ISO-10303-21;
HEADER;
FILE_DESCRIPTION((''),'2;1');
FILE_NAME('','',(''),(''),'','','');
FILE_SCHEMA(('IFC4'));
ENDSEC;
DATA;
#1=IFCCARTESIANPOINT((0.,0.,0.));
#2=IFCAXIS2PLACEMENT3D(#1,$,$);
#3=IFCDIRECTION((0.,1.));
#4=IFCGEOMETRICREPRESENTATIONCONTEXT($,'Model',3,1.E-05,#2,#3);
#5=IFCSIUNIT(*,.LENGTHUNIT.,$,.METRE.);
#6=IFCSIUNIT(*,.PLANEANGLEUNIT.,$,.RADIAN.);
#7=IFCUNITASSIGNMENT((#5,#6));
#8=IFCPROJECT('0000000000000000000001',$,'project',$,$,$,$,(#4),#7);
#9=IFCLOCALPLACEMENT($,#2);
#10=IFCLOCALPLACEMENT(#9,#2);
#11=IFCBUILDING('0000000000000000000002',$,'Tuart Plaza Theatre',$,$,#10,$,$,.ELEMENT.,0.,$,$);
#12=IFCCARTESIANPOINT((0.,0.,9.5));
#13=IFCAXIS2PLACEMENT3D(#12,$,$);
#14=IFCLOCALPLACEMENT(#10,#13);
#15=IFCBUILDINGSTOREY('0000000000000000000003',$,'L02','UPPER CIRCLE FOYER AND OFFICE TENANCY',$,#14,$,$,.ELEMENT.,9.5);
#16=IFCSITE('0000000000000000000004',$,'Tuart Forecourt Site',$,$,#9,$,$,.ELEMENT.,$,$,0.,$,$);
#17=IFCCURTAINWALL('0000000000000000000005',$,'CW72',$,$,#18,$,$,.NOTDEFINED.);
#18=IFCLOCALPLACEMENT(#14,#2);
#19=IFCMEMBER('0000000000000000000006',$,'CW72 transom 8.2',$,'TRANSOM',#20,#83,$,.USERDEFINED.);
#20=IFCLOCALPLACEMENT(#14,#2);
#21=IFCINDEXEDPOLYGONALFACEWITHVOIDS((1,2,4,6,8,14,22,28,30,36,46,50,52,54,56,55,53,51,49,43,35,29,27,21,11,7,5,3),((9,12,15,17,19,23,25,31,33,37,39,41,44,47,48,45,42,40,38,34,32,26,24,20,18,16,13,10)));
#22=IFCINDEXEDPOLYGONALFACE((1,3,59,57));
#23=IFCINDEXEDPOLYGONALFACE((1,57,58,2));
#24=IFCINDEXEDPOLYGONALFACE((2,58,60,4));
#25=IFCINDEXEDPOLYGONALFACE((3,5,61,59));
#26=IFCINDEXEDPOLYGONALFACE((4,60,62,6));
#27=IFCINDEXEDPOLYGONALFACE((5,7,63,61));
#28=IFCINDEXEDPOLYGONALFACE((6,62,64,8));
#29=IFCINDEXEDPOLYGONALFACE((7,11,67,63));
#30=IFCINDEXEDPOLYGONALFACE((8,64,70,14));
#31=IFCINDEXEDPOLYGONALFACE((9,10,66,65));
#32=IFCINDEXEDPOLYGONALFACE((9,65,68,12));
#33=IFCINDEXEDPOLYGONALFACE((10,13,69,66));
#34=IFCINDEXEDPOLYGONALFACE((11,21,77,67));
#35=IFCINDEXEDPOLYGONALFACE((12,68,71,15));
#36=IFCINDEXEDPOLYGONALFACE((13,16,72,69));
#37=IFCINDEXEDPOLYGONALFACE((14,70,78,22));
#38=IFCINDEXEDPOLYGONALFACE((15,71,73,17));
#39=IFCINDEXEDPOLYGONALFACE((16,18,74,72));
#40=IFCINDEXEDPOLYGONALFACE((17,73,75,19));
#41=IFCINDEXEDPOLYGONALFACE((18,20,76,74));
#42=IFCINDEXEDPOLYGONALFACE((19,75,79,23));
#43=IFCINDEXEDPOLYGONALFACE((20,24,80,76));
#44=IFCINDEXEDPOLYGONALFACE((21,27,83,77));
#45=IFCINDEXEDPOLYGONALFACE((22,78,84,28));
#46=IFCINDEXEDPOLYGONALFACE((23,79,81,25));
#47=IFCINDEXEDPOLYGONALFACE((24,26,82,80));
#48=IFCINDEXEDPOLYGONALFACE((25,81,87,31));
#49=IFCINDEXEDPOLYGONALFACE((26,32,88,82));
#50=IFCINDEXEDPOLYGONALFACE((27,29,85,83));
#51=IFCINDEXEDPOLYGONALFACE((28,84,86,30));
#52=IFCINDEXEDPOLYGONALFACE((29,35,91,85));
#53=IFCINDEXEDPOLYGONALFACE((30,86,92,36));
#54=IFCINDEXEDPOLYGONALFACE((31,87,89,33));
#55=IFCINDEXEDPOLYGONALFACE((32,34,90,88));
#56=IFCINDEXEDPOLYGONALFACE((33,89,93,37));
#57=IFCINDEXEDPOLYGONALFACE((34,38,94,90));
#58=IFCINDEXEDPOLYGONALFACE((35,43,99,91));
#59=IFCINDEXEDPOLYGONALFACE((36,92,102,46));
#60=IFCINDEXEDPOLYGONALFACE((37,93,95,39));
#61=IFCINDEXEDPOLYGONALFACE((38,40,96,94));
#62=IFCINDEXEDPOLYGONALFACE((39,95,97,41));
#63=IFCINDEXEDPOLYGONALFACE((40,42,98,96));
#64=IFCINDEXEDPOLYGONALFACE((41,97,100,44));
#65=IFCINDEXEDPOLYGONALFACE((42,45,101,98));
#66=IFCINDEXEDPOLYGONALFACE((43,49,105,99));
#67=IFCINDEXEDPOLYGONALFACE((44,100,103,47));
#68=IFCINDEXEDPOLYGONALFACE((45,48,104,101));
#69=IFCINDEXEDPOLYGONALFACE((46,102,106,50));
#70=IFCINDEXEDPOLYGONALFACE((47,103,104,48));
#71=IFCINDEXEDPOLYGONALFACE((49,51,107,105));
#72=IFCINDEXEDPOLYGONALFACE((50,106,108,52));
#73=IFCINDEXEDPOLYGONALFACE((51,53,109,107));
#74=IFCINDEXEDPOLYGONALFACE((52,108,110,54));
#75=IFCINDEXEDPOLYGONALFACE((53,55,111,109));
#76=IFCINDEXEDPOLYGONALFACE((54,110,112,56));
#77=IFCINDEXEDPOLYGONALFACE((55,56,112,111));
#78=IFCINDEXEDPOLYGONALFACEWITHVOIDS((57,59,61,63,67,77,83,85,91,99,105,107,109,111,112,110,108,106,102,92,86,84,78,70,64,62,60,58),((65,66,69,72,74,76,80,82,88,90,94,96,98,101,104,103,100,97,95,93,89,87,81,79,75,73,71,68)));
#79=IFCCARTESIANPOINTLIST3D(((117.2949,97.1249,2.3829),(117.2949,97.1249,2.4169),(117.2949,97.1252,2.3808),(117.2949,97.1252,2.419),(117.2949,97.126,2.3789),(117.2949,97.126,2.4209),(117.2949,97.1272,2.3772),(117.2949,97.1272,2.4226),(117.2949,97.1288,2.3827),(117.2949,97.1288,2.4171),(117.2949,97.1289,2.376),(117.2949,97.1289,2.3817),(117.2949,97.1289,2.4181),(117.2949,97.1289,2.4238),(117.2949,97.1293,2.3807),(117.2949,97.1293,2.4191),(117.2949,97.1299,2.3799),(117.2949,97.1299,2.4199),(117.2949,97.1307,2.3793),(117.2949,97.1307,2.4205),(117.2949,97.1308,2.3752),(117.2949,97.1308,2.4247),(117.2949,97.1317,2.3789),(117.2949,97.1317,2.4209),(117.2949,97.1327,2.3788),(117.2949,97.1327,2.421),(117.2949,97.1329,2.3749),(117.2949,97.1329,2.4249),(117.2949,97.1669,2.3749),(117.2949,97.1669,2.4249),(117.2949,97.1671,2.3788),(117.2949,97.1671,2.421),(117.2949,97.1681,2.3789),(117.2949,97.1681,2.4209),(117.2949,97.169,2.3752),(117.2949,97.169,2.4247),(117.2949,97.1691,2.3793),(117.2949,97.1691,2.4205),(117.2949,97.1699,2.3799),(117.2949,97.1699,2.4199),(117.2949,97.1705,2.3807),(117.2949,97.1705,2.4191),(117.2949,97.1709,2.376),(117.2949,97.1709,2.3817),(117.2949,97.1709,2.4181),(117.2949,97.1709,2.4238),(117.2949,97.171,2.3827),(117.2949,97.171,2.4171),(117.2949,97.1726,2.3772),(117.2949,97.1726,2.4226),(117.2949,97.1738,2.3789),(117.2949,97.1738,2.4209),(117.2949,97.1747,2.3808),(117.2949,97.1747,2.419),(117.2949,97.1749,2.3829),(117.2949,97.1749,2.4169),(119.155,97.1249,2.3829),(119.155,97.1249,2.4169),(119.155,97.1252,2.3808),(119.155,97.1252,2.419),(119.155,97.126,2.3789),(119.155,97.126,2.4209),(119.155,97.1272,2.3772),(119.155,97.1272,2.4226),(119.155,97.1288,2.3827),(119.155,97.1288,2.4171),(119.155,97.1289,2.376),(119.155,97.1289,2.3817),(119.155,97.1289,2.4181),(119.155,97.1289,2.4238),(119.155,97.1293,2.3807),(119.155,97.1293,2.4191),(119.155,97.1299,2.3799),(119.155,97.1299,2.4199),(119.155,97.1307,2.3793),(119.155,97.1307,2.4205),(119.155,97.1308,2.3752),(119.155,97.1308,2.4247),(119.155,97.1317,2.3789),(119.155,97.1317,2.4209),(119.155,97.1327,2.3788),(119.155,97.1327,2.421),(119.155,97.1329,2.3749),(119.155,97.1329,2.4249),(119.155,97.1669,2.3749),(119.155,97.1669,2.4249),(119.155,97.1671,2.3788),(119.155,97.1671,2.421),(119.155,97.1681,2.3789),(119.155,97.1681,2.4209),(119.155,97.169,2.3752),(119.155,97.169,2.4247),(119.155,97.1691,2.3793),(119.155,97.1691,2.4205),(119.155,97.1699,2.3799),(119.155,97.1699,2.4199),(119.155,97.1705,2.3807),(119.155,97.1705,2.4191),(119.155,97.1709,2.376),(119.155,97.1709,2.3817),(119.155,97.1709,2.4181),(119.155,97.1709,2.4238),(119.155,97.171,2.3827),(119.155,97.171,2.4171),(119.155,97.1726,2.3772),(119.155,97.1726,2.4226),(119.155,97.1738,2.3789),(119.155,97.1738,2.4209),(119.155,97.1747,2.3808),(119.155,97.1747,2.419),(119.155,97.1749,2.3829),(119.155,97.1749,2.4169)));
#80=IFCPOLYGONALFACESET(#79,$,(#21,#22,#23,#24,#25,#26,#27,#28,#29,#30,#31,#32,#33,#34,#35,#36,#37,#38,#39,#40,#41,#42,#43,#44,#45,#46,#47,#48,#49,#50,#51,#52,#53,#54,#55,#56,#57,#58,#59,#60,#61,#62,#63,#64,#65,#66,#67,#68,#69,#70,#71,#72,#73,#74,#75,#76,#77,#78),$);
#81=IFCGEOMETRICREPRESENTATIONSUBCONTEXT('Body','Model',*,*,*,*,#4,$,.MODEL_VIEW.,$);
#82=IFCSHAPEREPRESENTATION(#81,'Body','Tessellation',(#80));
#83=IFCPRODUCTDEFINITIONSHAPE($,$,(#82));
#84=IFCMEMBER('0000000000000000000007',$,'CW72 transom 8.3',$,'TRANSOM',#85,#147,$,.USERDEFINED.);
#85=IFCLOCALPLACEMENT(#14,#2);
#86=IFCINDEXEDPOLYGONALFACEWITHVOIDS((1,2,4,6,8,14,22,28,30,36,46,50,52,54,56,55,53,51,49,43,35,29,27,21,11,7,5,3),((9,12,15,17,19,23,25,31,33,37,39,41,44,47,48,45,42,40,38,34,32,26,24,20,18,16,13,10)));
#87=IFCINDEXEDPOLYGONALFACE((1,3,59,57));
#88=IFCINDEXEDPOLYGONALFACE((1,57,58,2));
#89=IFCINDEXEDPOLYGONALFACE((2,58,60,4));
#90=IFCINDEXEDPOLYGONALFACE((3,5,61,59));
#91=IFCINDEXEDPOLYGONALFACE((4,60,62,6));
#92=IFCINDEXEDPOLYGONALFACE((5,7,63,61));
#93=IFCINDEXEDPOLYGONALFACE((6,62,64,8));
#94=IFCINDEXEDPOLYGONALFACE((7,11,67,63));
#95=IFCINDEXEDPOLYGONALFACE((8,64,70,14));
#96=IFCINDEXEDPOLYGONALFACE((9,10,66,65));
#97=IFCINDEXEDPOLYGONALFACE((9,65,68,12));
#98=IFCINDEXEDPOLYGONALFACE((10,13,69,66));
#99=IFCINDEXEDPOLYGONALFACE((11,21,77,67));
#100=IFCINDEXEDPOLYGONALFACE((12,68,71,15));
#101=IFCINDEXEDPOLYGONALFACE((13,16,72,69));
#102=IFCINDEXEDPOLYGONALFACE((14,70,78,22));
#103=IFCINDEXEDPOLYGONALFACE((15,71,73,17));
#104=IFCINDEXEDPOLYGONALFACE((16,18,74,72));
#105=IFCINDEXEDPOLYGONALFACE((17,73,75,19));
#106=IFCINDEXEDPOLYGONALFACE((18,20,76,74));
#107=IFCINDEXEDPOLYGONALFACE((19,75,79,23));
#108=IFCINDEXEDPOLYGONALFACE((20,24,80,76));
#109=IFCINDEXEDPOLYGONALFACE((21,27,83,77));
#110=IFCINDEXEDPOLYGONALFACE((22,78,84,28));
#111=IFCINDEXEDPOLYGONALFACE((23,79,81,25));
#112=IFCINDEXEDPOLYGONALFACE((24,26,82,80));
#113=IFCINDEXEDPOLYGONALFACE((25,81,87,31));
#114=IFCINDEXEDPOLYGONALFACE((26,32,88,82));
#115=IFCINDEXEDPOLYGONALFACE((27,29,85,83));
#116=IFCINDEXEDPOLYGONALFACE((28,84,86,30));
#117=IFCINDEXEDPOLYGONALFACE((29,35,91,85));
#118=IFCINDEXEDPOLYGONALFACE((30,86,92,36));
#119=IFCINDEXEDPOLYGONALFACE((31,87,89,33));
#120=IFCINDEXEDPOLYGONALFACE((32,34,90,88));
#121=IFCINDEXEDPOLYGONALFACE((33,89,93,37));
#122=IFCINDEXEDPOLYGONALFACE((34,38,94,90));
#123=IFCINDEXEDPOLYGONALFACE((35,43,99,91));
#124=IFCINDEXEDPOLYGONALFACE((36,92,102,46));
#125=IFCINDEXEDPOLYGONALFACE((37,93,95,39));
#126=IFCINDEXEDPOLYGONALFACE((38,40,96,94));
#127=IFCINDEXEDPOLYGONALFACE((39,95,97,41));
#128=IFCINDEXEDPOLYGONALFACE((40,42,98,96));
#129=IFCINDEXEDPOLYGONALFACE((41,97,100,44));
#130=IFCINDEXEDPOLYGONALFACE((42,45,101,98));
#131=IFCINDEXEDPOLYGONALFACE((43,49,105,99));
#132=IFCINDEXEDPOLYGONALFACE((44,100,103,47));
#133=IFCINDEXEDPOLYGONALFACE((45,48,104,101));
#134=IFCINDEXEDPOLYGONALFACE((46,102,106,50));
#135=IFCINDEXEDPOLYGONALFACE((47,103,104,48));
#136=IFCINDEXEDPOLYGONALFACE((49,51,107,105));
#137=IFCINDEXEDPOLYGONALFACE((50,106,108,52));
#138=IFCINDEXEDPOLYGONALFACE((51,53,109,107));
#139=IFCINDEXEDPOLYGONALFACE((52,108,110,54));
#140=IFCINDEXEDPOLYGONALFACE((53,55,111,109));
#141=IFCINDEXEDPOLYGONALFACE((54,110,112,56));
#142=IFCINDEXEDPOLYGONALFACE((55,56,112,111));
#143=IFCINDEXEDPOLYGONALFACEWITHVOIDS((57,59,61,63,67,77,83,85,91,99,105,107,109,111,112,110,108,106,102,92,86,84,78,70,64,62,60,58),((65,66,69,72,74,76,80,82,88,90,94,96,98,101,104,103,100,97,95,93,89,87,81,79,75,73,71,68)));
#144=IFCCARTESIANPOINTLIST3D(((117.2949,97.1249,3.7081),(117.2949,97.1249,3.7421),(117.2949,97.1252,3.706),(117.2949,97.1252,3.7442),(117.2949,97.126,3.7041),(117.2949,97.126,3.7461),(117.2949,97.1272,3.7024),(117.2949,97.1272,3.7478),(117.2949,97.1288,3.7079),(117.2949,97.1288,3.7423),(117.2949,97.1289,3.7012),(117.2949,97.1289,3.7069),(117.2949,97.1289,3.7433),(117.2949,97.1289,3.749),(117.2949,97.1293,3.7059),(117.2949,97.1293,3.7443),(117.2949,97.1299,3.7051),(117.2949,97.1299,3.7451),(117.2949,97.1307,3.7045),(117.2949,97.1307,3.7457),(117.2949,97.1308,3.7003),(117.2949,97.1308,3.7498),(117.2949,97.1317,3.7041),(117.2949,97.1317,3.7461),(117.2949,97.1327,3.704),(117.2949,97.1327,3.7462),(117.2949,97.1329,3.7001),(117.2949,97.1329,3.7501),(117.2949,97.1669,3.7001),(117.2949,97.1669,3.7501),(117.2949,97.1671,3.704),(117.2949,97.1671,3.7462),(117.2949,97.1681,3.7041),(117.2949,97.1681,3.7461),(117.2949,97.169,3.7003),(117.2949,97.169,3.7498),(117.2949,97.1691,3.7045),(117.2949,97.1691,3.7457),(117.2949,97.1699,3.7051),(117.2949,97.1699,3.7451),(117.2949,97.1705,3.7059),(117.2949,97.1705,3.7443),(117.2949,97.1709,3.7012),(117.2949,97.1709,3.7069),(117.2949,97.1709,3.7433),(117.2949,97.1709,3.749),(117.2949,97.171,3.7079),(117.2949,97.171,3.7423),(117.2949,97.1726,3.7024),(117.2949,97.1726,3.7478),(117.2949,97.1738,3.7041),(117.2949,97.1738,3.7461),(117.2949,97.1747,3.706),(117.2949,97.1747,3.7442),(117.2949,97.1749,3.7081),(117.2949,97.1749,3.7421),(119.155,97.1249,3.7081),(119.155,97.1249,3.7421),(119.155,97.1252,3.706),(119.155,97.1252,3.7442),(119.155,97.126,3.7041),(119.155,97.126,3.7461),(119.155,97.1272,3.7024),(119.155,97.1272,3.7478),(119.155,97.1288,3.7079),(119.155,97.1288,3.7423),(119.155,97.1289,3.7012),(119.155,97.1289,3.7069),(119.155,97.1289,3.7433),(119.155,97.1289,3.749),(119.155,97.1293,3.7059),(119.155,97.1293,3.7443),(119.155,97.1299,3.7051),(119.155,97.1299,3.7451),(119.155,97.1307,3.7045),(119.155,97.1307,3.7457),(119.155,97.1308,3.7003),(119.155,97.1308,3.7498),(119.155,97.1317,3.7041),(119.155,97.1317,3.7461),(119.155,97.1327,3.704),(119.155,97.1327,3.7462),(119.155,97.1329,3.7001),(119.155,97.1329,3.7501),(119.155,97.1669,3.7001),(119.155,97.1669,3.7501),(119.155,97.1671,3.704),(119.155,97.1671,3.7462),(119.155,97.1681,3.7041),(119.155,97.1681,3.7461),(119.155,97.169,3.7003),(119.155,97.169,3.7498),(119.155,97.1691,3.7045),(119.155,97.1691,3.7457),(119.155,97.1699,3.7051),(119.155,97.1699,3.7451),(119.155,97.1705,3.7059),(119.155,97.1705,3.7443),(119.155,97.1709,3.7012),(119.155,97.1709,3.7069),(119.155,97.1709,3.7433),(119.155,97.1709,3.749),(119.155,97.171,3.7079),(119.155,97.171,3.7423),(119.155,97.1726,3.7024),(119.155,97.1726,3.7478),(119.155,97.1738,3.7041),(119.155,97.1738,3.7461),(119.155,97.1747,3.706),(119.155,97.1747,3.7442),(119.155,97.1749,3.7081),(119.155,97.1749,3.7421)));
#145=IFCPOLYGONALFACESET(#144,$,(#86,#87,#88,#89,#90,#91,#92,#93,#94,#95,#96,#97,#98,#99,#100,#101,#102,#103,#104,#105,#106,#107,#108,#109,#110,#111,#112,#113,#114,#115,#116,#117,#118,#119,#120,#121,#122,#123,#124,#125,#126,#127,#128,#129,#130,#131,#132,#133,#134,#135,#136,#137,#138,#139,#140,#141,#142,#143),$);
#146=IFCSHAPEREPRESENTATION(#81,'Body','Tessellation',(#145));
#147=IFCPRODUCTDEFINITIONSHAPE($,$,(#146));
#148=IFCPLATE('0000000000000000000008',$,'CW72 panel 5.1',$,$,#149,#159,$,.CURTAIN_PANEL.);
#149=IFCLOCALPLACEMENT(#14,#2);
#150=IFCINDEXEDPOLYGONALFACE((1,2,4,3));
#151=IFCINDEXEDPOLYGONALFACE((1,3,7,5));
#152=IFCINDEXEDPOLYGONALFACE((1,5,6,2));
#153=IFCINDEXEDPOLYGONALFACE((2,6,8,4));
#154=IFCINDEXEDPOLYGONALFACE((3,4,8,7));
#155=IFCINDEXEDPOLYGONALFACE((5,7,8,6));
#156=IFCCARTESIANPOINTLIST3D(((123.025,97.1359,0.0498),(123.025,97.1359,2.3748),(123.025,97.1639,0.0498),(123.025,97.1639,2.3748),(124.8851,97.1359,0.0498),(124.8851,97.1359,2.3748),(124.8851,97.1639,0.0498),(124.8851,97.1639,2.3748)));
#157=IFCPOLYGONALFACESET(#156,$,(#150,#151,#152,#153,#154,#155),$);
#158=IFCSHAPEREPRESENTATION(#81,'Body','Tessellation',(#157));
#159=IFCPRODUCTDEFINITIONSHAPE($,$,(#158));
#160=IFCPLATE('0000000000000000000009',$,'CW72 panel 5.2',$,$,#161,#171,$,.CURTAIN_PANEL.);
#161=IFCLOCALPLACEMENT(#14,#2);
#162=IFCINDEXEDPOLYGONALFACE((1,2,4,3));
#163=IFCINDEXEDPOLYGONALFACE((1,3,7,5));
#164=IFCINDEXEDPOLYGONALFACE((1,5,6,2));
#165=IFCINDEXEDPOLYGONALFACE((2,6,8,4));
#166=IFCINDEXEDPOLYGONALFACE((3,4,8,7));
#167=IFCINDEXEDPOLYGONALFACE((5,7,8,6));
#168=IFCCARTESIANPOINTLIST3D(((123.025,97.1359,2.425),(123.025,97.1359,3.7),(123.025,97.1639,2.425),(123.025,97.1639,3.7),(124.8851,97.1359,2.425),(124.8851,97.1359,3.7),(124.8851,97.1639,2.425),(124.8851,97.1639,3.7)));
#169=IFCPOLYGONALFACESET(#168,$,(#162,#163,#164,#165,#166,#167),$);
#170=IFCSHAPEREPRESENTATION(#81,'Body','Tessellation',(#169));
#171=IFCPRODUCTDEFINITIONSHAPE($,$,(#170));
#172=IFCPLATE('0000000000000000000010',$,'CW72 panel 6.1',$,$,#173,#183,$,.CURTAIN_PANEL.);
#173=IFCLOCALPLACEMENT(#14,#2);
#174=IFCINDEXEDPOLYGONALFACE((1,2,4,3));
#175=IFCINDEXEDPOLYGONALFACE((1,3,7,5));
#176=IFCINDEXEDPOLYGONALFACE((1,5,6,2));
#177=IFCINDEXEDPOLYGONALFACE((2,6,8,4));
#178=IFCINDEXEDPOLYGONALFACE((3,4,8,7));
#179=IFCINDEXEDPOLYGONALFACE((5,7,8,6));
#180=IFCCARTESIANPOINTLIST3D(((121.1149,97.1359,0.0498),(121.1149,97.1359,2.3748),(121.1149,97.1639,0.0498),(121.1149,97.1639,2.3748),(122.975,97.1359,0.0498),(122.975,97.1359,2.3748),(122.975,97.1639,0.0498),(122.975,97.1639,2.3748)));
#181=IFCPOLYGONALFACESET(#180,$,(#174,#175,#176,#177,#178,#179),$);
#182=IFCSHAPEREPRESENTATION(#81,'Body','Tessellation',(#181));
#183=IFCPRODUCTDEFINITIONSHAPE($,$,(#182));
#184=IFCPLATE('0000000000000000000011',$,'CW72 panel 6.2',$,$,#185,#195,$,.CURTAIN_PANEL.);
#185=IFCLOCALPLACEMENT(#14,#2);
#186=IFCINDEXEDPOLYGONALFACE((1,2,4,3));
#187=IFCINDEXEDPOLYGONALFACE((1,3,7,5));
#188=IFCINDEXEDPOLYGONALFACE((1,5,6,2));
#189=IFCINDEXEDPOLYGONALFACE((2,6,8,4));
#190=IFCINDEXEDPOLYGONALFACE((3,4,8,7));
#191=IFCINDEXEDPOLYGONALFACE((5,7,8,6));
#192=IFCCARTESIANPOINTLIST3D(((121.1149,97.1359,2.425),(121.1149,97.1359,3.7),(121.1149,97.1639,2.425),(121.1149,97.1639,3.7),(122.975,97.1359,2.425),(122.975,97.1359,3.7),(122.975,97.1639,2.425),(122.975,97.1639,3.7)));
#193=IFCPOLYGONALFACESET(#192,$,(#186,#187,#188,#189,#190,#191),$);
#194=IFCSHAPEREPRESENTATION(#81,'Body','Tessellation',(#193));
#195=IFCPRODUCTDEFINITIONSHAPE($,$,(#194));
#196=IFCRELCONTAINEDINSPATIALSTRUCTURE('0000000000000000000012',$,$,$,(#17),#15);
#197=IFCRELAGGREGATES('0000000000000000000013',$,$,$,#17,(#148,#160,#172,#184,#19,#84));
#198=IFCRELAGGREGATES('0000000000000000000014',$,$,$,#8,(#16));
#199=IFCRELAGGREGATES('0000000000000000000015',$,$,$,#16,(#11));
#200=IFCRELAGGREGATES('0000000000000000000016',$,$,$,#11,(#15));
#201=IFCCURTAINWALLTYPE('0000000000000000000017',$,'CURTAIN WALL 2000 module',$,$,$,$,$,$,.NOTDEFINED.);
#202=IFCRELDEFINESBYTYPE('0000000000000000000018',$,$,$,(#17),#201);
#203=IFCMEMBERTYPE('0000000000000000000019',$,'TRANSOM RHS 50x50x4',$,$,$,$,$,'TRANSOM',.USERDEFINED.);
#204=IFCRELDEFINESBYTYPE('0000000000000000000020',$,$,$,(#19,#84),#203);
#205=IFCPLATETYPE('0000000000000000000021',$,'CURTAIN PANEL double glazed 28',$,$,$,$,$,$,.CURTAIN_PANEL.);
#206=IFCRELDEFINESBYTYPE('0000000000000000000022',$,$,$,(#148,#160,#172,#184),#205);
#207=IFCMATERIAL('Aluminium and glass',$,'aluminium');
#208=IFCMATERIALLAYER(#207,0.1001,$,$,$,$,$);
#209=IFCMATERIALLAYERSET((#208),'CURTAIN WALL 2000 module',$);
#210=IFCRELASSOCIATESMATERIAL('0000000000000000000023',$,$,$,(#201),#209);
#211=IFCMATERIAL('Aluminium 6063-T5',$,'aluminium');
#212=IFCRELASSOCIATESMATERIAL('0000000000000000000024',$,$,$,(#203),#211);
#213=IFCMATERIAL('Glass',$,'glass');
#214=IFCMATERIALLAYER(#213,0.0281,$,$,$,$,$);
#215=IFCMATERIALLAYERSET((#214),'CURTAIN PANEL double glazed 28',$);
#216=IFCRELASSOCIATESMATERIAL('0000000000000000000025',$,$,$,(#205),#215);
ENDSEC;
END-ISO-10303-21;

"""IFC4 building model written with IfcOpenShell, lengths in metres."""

from ifc_helpers import new_model, si_unit, direction, frame, origin, origin_2d, place, context, subcontext, project, spatial, rectangle, hollow_rectangle, extrude, material, layer, layer_set, material_profile, profile_set, type_object, element, aggregate, save


model = new_model("IFC4")

# Units and contexts
model_context = context("Model", 3, precision=1e-05, world=origin(), true_north=direction((0.0, 1.0)))
body_context = subcontext(model_context, "Body", "Model", "MODEL_VIEW")
ifc_project = project(units=[si_unit("LENGTHUNIT", "METRE"), si_unit("PLANEANGLEUNIT", "RADIAN")], contexts=[model_context])

# Site, building, storey
site_placement = place(None, origin())
site = spatial("IfcSite", under=ifc_project, at=site_placement, Name="Tuart Forecourt Site", CompositionType="ELEMENT", RefElevation=0.0)
building_placement = place(site_placement, origin())
building = spatial("IfcBuilding", under=site, at=building_placement, Name="Tuart Plaza Theatre", CompositionType="ELEMENT", ElevationOfRefHeight=0.0)
storey_placement = place(building_placement, frame((0.0, 0.0, 9.5)))
storey = spatial("IfcBuildingStorey", under=building, at=storey_placement, Name="L02", Description="UPPER CIRCLE FOYER AND OFFICE TENANCY", CompositionType="ELEMENT", Elevation=9.5)

# Curtain wall, members, plates
ifc_material_1 = material(Name="Aluminium and glass", Category="aluminium")
ifc_layer_1 = layer(ifc_material_1, 0.1001)
ifc_layer_set_1 = layer_set([ifc_layer_1], Name="CURTAIN WALL 2000 module")
curtain_wall_type = type_object("IfcCurtainWallType", Name="CURTAIN WALL 2000 module", PredefinedType="NOTDEFINED", material=ifc_layer_set_1)
curtain_wall_placement = place(storey_placement, origin())
curtain_wall = element("IfcCurtainWall", 1, at=curtain_wall_placement, inside=storey, type_object=curtain_wall_type, Name="CW72", PredefinedType="NOTDEFINED")
ifc_material_2 = material(Name="Aluminium 6063-T5", Category="aluminium")
ifc_material_profile_1 = material_profile(ifc_material_2, hollow_rectangle(XDim=0.05, YDim=0.05, WallThickness=0.0039, InnerFilletRadius=0.0039, OuterFilletRadius=0.0081, at=origin_2d()), Name="RHS 50x50x4")
ifc_profile_set_1 = profile_set([ifc_material_profile_1], Name="Aluminium 6063-T5")
member_type_1 = type_object("IfcMemberType", Name="TRANSOM RHS 50x50x4", ElementType="TRANSOM", PredefinedType="USERDEFINED", material=ifc_profile_set_1)
member_1_placement = place(storey_placement, frame((119.155, 97.1499, 2.3999), z_axis=(-1.0, 0.0, 0.0), x_axis=(0.0, -1.0, 0.0)))
member_1 = element("IfcMember", 2, at=member_1_placement, type_object=member_type_1, Name="CW72 transom 8.2", ObjectType="TRANSOM", PredefinedType="USERDEFINED", context=body_context, shape_type="SweptSolid", body=[
    extrude(hollow_rectangle(XDim=0.05, YDim=0.05, WallThickness=0.0039, InnerFilletRadius=0.0039, OuterFilletRadius=0.0081, at=origin_2d()), origin(), (0.0, 0.0, 1.0), 1.8601),
])
member_2_placement = place(storey_placement, frame((119.155, 97.1499, 3.7251), z_axis=(-1.0, 0.0, 0.0), x_axis=(0.0, -1.0, 0.0)))
member_2 = element("IfcMember", 3, at=member_2_placement, type_object=member_type_1, Name="CW72 transom 8.3", ObjectType="TRANSOM", PredefinedType="USERDEFINED", context=body_context, shape_type="SweptSolid", body=[
    extrude(hollow_rectangle(XDim=0.05, YDim=0.05, WallThickness=0.0039, InnerFilletRadius=0.0039, OuterFilletRadius=0.0081, at=origin_2d()), origin(), (0.0, 0.0, 1.0), 1.8601),
])
ifc_material_3 = material(Name="Glass", Category="glass")
ifc_layer_2 = layer(ifc_material_3, 0.0281)
ifc_layer_set_2 = layer_set([ifc_layer_2], Name="CURTAIN PANEL double glazed 28")
plate_type = type_object("IfcPlateType", Name="CURTAIN PANEL double glazed 28", PredefinedType="CURTAIN_PANEL", material=ifc_layer_set_2)
plate_1_placement = place(storey_placement, frame((123.9551, 97.1499, 0.0498), z_axis=(0.0, 0.0, 1.0), x_axis=(-1.0, 0.0, 0.0)))
plate_1 = element("IfcPlate", 4, at=plate_1_placement, type_object=plate_type, Name="CW72 panel 5.1", PredefinedType="CURTAIN_PANEL", context=body_context, shape_type="SweptSolid", body=[
    extrude(rectangle(XDim=1.8601, YDim=0.0281, at=origin_2d()), origin(), (0.0, 0.0, 1.0), 2.325),
])
plate_2_placement = place(storey_placement, frame((123.9551, 97.1499, 2.425), z_axis=(0.0, 0.0, 1.0), x_axis=(-1.0, 0.0, 0.0)))
plate_2 = element("IfcPlate", 5, at=plate_2_placement, type_object=plate_type, Name="CW72 panel 5.2", PredefinedType="CURTAIN_PANEL", context=body_context, shape_type="SweptSolid", body=[
    extrude(rectangle(XDim=1.8601, YDim=0.0281, at=origin_2d()), origin(), (0.0, 0.0, 1.0), 1.2749),
])
plate_3_placement = place(storey_placement, frame((122.0449, 97.1499, 0.0498), z_axis=(0.0, 0.0, 1.0), x_axis=(-1.0, 0.0, 0.0)))
plate_3 = element("IfcPlate", 6, at=plate_3_placement, type_object=plate_type, Name="CW72 panel 6.1", PredefinedType="CURTAIN_PANEL", context=body_context, shape_type="SweptSolid", body=[
    extrude(rectangle(XDim=1.8601, YDim=0.0281, at=origin_2d()), origin(), (0.0, 0.0, 1.0), 2.325),
])
plate_4_placement = place(storey_placement, frame((122.0449, 97.1499, 2.425), z_axis=(0.0, 0.0, 1.0), x_axis=(-1.0, 0.0, 0.0)))
plate_4 = element("IfcPlate", 7, at=plate_4_placement, type_object=plate_type, Name="CW72 panel 6.2", PredefinedType="CURTAIN_PANEL", context=body_context, shape_type="SweptSolid", body=[
    extrude(rectangle(XDim=1.8601, YDim=0.0281, at=origin_2d()), origin(), (0.0, 0.0, 1.0), 1.2749),
])
aggregate(curtain_wall, [plate_1, plate_2, plate_3, plate_4, member_1, member_2])

save(model, "model.ifc")
